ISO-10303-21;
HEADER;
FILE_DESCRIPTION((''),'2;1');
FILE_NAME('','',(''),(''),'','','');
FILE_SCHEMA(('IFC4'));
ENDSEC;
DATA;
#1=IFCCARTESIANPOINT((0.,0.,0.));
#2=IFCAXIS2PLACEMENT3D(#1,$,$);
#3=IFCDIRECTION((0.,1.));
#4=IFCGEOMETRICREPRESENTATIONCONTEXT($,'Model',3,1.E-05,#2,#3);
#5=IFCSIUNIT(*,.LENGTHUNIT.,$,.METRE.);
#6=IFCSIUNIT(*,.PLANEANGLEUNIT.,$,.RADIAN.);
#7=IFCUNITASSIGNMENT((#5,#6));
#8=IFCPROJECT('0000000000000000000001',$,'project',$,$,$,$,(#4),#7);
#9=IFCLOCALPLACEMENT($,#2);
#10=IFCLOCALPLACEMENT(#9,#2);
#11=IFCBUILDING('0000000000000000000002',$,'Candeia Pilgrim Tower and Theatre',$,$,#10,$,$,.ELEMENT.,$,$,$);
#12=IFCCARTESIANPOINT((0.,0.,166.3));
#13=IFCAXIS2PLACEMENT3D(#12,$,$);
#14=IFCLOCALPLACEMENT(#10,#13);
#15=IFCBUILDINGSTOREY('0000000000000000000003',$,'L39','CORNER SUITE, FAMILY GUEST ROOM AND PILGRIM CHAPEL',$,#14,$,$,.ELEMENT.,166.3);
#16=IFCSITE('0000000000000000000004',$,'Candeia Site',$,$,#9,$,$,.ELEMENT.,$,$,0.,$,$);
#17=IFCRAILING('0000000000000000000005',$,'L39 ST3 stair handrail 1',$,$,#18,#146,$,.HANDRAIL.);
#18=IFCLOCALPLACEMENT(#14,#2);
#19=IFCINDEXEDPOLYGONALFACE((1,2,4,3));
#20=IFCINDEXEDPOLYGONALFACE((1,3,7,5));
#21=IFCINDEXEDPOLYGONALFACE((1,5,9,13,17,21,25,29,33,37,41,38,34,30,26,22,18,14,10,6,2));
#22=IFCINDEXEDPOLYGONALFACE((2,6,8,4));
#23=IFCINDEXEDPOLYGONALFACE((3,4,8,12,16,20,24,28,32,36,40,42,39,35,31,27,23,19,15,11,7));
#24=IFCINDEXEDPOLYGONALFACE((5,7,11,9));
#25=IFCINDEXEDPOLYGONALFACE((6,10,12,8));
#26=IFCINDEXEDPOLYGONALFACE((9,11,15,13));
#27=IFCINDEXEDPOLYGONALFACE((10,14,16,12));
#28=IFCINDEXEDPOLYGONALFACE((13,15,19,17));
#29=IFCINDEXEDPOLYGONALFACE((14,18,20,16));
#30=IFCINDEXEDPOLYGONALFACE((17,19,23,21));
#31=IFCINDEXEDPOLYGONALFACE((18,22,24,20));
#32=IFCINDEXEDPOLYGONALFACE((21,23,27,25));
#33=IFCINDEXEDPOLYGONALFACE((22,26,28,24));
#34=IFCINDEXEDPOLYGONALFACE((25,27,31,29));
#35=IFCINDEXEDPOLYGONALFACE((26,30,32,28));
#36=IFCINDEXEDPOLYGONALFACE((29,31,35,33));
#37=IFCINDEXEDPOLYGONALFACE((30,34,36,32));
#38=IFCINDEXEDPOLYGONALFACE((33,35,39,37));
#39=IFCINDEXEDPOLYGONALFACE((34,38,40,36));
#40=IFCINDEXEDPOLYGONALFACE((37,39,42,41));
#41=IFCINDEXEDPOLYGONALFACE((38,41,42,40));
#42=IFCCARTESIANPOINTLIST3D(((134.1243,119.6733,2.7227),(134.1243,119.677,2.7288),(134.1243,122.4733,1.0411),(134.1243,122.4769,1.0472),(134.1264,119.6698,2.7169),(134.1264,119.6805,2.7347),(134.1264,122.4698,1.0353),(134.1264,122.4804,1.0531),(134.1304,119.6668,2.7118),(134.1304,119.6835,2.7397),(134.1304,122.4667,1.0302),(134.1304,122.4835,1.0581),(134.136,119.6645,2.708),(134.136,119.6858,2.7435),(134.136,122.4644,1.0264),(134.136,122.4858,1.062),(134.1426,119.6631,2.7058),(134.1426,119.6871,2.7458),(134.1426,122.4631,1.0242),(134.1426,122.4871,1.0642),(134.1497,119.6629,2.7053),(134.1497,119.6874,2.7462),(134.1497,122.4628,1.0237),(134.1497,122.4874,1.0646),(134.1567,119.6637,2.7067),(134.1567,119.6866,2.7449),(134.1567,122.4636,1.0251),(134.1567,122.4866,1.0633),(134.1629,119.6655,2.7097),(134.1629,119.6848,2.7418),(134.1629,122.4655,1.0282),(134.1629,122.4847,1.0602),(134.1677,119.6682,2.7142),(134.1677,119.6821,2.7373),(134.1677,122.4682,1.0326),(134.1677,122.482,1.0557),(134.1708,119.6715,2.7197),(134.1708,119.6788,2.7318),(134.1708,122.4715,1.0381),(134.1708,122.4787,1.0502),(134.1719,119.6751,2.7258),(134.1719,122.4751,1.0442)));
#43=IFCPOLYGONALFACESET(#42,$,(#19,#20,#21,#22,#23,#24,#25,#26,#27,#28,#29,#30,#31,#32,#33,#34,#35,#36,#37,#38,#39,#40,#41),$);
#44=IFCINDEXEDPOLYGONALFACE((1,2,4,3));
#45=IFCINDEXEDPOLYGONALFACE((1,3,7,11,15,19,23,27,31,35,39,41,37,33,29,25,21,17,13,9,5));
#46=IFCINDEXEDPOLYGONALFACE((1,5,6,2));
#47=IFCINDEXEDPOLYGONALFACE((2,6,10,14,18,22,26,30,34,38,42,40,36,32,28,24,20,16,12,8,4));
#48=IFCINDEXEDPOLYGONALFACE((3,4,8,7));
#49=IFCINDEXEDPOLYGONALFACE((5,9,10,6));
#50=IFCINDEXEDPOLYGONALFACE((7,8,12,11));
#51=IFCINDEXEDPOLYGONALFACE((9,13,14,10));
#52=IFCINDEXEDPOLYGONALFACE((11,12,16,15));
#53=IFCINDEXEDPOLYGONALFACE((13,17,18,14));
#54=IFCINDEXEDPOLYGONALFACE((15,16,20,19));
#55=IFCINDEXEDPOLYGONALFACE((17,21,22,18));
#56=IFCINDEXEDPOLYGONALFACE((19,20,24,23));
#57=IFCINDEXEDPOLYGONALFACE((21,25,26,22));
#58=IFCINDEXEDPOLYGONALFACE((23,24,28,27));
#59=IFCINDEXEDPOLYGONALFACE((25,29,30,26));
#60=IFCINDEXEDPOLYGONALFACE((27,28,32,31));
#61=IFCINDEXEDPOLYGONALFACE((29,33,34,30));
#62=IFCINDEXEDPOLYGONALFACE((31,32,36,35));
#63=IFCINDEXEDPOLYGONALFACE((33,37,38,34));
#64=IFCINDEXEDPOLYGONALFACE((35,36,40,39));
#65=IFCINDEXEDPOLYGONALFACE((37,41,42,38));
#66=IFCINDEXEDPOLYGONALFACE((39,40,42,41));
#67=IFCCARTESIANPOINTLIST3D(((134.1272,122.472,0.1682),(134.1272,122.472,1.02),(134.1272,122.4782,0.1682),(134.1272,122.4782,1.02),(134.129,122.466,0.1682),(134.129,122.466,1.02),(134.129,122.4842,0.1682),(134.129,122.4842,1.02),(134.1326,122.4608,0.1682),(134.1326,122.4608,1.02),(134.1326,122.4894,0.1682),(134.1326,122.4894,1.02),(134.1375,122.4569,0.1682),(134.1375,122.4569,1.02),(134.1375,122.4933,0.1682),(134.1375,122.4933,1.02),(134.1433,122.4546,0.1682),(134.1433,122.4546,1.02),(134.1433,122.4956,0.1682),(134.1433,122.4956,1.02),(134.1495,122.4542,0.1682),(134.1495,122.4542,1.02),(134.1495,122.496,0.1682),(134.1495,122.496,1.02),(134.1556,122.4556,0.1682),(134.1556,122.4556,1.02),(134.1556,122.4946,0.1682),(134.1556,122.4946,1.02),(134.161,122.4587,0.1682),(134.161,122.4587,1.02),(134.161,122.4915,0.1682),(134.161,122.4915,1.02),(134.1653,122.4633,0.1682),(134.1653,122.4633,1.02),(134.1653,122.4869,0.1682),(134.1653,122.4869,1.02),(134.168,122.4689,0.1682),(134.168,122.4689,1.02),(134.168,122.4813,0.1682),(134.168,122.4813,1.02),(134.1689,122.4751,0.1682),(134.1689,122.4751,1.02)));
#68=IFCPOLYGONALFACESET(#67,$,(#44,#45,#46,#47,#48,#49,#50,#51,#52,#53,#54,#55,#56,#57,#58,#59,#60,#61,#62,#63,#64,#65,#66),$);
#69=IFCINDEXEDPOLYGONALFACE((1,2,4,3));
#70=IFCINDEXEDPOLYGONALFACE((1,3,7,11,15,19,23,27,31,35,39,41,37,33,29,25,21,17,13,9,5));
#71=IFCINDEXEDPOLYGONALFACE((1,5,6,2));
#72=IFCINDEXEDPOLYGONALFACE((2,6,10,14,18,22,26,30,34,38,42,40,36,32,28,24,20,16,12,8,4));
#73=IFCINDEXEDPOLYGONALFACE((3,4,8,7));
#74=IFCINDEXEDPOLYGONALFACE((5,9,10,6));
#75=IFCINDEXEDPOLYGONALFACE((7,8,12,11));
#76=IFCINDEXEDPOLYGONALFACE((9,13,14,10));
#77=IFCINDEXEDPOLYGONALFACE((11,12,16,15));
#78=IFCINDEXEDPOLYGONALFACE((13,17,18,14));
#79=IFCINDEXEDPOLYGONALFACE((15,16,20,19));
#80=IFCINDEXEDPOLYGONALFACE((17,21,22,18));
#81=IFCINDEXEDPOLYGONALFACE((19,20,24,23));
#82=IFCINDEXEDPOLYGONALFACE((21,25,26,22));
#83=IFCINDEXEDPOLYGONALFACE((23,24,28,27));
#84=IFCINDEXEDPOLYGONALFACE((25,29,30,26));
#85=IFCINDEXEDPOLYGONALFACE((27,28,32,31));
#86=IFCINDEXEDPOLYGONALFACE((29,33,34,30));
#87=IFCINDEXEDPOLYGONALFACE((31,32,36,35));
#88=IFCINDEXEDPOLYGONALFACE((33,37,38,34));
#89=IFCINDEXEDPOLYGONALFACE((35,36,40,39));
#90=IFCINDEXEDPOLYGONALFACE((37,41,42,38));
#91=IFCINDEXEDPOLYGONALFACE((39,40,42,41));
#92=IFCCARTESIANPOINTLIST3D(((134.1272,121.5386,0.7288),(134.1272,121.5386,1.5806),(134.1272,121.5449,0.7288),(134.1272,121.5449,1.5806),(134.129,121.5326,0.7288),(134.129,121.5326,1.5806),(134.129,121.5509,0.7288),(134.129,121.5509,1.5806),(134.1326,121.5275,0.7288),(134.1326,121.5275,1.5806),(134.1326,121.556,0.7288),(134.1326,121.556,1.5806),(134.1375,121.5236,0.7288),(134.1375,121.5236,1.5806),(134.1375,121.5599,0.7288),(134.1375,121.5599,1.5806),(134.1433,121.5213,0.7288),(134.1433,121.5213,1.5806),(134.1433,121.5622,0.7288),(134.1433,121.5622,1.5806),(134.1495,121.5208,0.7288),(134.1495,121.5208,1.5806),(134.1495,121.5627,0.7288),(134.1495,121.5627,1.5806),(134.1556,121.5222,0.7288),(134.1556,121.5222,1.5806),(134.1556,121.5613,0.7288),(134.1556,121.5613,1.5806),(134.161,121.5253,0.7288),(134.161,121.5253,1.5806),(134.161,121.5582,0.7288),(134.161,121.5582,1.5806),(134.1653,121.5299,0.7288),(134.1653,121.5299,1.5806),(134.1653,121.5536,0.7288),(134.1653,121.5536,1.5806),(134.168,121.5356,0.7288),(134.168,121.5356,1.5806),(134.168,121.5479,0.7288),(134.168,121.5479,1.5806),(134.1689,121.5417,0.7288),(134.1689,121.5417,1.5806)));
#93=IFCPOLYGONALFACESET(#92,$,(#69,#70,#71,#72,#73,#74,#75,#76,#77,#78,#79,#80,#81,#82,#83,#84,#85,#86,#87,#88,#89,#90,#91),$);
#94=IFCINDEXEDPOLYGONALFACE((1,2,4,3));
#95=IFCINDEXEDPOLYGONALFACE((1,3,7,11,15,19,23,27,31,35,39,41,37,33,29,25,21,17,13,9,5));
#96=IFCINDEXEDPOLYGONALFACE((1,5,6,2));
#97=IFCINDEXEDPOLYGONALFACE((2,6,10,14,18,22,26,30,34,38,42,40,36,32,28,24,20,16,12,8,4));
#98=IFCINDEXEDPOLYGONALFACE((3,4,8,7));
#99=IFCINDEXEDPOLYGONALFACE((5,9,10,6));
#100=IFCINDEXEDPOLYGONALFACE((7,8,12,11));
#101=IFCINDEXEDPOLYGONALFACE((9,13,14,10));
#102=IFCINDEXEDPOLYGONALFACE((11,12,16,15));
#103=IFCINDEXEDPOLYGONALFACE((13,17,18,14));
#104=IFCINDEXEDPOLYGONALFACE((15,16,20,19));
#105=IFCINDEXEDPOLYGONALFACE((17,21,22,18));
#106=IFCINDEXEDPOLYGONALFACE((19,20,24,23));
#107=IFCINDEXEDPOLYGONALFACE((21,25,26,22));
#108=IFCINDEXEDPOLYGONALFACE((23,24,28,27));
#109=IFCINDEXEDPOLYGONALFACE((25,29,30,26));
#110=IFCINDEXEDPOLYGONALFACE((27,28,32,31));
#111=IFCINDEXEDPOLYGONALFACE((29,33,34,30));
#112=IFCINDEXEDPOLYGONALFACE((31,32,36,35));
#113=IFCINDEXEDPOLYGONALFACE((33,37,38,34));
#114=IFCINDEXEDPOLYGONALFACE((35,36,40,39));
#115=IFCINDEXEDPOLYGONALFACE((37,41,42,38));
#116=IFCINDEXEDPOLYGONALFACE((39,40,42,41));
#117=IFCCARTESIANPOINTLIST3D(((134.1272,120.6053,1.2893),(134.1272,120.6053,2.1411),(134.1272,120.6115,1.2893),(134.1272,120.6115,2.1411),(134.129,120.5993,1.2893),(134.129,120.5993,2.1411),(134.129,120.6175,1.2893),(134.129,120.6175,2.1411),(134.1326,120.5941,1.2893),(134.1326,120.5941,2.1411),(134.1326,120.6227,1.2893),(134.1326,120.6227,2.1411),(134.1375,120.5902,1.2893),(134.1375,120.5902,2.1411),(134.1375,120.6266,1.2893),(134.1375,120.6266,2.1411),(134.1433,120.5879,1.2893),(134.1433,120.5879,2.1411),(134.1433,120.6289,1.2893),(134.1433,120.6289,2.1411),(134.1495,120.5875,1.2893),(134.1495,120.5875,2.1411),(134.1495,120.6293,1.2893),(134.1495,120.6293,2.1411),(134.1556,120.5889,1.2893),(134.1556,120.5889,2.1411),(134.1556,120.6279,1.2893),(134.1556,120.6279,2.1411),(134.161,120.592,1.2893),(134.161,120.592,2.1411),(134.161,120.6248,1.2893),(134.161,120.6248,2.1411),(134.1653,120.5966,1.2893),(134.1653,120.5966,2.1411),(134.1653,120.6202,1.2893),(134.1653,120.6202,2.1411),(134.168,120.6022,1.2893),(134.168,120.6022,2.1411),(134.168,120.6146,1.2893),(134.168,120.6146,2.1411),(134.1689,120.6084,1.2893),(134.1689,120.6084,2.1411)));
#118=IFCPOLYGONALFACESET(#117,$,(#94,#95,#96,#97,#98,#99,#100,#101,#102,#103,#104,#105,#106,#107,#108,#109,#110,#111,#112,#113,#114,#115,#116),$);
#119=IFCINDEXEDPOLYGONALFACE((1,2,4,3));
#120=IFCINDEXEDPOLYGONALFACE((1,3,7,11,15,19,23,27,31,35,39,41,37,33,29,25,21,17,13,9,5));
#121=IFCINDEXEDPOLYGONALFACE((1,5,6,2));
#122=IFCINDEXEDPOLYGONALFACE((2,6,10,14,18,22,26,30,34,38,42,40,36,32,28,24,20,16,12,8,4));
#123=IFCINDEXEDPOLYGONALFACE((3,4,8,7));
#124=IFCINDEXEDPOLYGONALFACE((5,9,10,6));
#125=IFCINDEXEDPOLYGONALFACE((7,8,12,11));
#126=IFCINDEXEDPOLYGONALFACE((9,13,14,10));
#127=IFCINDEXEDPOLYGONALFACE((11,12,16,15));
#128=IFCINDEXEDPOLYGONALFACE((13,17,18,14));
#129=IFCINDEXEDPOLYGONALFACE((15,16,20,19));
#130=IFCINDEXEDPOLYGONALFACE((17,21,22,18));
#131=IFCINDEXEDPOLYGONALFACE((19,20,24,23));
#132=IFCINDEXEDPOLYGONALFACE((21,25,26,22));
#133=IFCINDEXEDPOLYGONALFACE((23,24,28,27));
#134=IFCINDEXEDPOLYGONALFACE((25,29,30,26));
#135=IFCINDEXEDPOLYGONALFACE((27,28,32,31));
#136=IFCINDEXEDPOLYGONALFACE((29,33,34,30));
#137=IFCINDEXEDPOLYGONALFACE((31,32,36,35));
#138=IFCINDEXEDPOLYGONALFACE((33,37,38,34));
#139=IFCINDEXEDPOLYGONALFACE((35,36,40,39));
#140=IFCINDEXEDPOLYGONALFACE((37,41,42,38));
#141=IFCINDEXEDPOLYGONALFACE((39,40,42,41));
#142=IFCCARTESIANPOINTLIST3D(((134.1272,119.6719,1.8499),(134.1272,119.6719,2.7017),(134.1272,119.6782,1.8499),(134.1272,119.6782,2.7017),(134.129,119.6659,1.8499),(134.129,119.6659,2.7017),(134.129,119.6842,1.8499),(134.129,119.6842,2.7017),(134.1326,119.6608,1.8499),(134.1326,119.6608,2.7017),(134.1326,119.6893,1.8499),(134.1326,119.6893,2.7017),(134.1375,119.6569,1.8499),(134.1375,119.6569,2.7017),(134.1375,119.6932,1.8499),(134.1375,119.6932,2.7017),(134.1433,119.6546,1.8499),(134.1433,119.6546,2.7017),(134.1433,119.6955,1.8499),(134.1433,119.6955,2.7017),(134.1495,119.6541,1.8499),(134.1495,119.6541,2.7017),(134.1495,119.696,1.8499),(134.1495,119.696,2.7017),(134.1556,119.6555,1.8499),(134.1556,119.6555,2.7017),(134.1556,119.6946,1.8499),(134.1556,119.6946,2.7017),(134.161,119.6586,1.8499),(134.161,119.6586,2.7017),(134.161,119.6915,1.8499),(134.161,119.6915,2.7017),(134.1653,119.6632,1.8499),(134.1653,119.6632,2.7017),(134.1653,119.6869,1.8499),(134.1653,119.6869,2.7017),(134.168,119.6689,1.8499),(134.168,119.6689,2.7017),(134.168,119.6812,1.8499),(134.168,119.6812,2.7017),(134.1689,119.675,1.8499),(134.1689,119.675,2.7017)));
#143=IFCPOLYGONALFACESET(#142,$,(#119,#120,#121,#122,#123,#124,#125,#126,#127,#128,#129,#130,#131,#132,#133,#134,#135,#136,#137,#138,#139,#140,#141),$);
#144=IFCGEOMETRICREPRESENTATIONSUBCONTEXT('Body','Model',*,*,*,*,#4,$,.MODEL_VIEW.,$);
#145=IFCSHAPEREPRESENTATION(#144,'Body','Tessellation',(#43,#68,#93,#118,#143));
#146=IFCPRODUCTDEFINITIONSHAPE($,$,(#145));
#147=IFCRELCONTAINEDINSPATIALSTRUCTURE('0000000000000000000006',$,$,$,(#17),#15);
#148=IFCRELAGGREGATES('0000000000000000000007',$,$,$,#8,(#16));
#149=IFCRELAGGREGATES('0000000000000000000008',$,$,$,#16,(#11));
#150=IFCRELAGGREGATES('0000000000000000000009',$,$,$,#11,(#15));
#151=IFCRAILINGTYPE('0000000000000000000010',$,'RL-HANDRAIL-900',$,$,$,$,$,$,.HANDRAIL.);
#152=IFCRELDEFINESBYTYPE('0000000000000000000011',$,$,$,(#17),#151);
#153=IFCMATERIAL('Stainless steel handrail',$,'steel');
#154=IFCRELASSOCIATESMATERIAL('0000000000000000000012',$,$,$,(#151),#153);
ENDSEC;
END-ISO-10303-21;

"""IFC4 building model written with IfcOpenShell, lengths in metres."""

from ifc_helpers import new_model, si_unit, direction, frame, origin, origin_2d, place, context, subcontext, project, spatial, circle, extrude, material, type_object, element, save


model = new_model("IFC4")

# Units and contexts
model_context = context("Model", 3, precision=1e-05, world=origin(), true_north=direction((0.0, 1.0)))
body_context = subcontext(model_context, "Body", "Model", "MODEL_VIEW")
ifc_project = project(units=[si_unit("LENGTHUNIT", "METRE"), si_unit("PLANEANGLEUNIT", "RADIAN")], contexts=[model_context])

# Site, building, storey
site_placement = place(None, origin())
site = spatial("IfcSite", under=ifc_project, at=site_placement, Name="Candeia Site", CompositionType="ELEMENT", RefElevation=0.0)
building_placement = place(site_placement, origin())
building = spatial("IfcBuilding", under=site, at=building_placement, Name="Candeia Pilgrim Tower and Theatre", CompositionType="ELEMENT")
storey_placement = place(building_placement, frame((0.0, 0.0, 166.3)))
storey = spatial("IfcBuildingStorey", under=building, at=storey_placement, Name="L39", Description="CORNER SUITE, FAMILY GUEST ROOM AND PILGRIM CHAPEL", CompositionType="ELEMENT", Elevation=166.3)

# Railing
ifc_material_1 = material(Name="Stainless steel handrail", Category="steel")
railing_type_1 = type_object("IfcRailingType", Name="RL-HANDRAIL-900", PredefinedType="HANDRAIL", material=ifc_material_1)
railing_1_placement = place(storey_placement, frame((134.1479, 122.4751, 0.1682)))
element("IfcRailing", 1, at=railing_1_placement, inside=storey, type_object=railing_type_1, Name="L39 ST3 stair handrail 1", PredefinedType="HANDRAIL", context=body_context, shape_type="SweptSolid", body=[
    extrude(circle(Radius=0.0239, at=origin_2d()), frame((0.0, 0.0, 0.876), z_axis=(0.0, -0.857275, 0.514858), x_axis=(1.0, 0.0, 0.0)), (0.0, 0.0, 1.0), 3.2661),
    extrude(circle(Radius=0.021, at=origin_2d()), origin(), (0.0, 0.0, 1.0), 0.8518),
    extrude(circle(Radius=0.021, at=origin_2d()), frame((0.0, -0.9333, 0.5605)), (0.0, 0.0, 1.0), 0.8518),
    extrude(circle(Radius=0.021, at=origin_2d()), frame((0.0, -1.8667, 1.1211)), (0.0, 0.0, 1.0), 0.8518),
    extrude(circle(Radius=0.021, at=origin_2d()), frame((0.0, -2.8, 1.6816)), (0.0, 0.0, 1.0), 0.8518),
])

save(model, "model.ifc")
